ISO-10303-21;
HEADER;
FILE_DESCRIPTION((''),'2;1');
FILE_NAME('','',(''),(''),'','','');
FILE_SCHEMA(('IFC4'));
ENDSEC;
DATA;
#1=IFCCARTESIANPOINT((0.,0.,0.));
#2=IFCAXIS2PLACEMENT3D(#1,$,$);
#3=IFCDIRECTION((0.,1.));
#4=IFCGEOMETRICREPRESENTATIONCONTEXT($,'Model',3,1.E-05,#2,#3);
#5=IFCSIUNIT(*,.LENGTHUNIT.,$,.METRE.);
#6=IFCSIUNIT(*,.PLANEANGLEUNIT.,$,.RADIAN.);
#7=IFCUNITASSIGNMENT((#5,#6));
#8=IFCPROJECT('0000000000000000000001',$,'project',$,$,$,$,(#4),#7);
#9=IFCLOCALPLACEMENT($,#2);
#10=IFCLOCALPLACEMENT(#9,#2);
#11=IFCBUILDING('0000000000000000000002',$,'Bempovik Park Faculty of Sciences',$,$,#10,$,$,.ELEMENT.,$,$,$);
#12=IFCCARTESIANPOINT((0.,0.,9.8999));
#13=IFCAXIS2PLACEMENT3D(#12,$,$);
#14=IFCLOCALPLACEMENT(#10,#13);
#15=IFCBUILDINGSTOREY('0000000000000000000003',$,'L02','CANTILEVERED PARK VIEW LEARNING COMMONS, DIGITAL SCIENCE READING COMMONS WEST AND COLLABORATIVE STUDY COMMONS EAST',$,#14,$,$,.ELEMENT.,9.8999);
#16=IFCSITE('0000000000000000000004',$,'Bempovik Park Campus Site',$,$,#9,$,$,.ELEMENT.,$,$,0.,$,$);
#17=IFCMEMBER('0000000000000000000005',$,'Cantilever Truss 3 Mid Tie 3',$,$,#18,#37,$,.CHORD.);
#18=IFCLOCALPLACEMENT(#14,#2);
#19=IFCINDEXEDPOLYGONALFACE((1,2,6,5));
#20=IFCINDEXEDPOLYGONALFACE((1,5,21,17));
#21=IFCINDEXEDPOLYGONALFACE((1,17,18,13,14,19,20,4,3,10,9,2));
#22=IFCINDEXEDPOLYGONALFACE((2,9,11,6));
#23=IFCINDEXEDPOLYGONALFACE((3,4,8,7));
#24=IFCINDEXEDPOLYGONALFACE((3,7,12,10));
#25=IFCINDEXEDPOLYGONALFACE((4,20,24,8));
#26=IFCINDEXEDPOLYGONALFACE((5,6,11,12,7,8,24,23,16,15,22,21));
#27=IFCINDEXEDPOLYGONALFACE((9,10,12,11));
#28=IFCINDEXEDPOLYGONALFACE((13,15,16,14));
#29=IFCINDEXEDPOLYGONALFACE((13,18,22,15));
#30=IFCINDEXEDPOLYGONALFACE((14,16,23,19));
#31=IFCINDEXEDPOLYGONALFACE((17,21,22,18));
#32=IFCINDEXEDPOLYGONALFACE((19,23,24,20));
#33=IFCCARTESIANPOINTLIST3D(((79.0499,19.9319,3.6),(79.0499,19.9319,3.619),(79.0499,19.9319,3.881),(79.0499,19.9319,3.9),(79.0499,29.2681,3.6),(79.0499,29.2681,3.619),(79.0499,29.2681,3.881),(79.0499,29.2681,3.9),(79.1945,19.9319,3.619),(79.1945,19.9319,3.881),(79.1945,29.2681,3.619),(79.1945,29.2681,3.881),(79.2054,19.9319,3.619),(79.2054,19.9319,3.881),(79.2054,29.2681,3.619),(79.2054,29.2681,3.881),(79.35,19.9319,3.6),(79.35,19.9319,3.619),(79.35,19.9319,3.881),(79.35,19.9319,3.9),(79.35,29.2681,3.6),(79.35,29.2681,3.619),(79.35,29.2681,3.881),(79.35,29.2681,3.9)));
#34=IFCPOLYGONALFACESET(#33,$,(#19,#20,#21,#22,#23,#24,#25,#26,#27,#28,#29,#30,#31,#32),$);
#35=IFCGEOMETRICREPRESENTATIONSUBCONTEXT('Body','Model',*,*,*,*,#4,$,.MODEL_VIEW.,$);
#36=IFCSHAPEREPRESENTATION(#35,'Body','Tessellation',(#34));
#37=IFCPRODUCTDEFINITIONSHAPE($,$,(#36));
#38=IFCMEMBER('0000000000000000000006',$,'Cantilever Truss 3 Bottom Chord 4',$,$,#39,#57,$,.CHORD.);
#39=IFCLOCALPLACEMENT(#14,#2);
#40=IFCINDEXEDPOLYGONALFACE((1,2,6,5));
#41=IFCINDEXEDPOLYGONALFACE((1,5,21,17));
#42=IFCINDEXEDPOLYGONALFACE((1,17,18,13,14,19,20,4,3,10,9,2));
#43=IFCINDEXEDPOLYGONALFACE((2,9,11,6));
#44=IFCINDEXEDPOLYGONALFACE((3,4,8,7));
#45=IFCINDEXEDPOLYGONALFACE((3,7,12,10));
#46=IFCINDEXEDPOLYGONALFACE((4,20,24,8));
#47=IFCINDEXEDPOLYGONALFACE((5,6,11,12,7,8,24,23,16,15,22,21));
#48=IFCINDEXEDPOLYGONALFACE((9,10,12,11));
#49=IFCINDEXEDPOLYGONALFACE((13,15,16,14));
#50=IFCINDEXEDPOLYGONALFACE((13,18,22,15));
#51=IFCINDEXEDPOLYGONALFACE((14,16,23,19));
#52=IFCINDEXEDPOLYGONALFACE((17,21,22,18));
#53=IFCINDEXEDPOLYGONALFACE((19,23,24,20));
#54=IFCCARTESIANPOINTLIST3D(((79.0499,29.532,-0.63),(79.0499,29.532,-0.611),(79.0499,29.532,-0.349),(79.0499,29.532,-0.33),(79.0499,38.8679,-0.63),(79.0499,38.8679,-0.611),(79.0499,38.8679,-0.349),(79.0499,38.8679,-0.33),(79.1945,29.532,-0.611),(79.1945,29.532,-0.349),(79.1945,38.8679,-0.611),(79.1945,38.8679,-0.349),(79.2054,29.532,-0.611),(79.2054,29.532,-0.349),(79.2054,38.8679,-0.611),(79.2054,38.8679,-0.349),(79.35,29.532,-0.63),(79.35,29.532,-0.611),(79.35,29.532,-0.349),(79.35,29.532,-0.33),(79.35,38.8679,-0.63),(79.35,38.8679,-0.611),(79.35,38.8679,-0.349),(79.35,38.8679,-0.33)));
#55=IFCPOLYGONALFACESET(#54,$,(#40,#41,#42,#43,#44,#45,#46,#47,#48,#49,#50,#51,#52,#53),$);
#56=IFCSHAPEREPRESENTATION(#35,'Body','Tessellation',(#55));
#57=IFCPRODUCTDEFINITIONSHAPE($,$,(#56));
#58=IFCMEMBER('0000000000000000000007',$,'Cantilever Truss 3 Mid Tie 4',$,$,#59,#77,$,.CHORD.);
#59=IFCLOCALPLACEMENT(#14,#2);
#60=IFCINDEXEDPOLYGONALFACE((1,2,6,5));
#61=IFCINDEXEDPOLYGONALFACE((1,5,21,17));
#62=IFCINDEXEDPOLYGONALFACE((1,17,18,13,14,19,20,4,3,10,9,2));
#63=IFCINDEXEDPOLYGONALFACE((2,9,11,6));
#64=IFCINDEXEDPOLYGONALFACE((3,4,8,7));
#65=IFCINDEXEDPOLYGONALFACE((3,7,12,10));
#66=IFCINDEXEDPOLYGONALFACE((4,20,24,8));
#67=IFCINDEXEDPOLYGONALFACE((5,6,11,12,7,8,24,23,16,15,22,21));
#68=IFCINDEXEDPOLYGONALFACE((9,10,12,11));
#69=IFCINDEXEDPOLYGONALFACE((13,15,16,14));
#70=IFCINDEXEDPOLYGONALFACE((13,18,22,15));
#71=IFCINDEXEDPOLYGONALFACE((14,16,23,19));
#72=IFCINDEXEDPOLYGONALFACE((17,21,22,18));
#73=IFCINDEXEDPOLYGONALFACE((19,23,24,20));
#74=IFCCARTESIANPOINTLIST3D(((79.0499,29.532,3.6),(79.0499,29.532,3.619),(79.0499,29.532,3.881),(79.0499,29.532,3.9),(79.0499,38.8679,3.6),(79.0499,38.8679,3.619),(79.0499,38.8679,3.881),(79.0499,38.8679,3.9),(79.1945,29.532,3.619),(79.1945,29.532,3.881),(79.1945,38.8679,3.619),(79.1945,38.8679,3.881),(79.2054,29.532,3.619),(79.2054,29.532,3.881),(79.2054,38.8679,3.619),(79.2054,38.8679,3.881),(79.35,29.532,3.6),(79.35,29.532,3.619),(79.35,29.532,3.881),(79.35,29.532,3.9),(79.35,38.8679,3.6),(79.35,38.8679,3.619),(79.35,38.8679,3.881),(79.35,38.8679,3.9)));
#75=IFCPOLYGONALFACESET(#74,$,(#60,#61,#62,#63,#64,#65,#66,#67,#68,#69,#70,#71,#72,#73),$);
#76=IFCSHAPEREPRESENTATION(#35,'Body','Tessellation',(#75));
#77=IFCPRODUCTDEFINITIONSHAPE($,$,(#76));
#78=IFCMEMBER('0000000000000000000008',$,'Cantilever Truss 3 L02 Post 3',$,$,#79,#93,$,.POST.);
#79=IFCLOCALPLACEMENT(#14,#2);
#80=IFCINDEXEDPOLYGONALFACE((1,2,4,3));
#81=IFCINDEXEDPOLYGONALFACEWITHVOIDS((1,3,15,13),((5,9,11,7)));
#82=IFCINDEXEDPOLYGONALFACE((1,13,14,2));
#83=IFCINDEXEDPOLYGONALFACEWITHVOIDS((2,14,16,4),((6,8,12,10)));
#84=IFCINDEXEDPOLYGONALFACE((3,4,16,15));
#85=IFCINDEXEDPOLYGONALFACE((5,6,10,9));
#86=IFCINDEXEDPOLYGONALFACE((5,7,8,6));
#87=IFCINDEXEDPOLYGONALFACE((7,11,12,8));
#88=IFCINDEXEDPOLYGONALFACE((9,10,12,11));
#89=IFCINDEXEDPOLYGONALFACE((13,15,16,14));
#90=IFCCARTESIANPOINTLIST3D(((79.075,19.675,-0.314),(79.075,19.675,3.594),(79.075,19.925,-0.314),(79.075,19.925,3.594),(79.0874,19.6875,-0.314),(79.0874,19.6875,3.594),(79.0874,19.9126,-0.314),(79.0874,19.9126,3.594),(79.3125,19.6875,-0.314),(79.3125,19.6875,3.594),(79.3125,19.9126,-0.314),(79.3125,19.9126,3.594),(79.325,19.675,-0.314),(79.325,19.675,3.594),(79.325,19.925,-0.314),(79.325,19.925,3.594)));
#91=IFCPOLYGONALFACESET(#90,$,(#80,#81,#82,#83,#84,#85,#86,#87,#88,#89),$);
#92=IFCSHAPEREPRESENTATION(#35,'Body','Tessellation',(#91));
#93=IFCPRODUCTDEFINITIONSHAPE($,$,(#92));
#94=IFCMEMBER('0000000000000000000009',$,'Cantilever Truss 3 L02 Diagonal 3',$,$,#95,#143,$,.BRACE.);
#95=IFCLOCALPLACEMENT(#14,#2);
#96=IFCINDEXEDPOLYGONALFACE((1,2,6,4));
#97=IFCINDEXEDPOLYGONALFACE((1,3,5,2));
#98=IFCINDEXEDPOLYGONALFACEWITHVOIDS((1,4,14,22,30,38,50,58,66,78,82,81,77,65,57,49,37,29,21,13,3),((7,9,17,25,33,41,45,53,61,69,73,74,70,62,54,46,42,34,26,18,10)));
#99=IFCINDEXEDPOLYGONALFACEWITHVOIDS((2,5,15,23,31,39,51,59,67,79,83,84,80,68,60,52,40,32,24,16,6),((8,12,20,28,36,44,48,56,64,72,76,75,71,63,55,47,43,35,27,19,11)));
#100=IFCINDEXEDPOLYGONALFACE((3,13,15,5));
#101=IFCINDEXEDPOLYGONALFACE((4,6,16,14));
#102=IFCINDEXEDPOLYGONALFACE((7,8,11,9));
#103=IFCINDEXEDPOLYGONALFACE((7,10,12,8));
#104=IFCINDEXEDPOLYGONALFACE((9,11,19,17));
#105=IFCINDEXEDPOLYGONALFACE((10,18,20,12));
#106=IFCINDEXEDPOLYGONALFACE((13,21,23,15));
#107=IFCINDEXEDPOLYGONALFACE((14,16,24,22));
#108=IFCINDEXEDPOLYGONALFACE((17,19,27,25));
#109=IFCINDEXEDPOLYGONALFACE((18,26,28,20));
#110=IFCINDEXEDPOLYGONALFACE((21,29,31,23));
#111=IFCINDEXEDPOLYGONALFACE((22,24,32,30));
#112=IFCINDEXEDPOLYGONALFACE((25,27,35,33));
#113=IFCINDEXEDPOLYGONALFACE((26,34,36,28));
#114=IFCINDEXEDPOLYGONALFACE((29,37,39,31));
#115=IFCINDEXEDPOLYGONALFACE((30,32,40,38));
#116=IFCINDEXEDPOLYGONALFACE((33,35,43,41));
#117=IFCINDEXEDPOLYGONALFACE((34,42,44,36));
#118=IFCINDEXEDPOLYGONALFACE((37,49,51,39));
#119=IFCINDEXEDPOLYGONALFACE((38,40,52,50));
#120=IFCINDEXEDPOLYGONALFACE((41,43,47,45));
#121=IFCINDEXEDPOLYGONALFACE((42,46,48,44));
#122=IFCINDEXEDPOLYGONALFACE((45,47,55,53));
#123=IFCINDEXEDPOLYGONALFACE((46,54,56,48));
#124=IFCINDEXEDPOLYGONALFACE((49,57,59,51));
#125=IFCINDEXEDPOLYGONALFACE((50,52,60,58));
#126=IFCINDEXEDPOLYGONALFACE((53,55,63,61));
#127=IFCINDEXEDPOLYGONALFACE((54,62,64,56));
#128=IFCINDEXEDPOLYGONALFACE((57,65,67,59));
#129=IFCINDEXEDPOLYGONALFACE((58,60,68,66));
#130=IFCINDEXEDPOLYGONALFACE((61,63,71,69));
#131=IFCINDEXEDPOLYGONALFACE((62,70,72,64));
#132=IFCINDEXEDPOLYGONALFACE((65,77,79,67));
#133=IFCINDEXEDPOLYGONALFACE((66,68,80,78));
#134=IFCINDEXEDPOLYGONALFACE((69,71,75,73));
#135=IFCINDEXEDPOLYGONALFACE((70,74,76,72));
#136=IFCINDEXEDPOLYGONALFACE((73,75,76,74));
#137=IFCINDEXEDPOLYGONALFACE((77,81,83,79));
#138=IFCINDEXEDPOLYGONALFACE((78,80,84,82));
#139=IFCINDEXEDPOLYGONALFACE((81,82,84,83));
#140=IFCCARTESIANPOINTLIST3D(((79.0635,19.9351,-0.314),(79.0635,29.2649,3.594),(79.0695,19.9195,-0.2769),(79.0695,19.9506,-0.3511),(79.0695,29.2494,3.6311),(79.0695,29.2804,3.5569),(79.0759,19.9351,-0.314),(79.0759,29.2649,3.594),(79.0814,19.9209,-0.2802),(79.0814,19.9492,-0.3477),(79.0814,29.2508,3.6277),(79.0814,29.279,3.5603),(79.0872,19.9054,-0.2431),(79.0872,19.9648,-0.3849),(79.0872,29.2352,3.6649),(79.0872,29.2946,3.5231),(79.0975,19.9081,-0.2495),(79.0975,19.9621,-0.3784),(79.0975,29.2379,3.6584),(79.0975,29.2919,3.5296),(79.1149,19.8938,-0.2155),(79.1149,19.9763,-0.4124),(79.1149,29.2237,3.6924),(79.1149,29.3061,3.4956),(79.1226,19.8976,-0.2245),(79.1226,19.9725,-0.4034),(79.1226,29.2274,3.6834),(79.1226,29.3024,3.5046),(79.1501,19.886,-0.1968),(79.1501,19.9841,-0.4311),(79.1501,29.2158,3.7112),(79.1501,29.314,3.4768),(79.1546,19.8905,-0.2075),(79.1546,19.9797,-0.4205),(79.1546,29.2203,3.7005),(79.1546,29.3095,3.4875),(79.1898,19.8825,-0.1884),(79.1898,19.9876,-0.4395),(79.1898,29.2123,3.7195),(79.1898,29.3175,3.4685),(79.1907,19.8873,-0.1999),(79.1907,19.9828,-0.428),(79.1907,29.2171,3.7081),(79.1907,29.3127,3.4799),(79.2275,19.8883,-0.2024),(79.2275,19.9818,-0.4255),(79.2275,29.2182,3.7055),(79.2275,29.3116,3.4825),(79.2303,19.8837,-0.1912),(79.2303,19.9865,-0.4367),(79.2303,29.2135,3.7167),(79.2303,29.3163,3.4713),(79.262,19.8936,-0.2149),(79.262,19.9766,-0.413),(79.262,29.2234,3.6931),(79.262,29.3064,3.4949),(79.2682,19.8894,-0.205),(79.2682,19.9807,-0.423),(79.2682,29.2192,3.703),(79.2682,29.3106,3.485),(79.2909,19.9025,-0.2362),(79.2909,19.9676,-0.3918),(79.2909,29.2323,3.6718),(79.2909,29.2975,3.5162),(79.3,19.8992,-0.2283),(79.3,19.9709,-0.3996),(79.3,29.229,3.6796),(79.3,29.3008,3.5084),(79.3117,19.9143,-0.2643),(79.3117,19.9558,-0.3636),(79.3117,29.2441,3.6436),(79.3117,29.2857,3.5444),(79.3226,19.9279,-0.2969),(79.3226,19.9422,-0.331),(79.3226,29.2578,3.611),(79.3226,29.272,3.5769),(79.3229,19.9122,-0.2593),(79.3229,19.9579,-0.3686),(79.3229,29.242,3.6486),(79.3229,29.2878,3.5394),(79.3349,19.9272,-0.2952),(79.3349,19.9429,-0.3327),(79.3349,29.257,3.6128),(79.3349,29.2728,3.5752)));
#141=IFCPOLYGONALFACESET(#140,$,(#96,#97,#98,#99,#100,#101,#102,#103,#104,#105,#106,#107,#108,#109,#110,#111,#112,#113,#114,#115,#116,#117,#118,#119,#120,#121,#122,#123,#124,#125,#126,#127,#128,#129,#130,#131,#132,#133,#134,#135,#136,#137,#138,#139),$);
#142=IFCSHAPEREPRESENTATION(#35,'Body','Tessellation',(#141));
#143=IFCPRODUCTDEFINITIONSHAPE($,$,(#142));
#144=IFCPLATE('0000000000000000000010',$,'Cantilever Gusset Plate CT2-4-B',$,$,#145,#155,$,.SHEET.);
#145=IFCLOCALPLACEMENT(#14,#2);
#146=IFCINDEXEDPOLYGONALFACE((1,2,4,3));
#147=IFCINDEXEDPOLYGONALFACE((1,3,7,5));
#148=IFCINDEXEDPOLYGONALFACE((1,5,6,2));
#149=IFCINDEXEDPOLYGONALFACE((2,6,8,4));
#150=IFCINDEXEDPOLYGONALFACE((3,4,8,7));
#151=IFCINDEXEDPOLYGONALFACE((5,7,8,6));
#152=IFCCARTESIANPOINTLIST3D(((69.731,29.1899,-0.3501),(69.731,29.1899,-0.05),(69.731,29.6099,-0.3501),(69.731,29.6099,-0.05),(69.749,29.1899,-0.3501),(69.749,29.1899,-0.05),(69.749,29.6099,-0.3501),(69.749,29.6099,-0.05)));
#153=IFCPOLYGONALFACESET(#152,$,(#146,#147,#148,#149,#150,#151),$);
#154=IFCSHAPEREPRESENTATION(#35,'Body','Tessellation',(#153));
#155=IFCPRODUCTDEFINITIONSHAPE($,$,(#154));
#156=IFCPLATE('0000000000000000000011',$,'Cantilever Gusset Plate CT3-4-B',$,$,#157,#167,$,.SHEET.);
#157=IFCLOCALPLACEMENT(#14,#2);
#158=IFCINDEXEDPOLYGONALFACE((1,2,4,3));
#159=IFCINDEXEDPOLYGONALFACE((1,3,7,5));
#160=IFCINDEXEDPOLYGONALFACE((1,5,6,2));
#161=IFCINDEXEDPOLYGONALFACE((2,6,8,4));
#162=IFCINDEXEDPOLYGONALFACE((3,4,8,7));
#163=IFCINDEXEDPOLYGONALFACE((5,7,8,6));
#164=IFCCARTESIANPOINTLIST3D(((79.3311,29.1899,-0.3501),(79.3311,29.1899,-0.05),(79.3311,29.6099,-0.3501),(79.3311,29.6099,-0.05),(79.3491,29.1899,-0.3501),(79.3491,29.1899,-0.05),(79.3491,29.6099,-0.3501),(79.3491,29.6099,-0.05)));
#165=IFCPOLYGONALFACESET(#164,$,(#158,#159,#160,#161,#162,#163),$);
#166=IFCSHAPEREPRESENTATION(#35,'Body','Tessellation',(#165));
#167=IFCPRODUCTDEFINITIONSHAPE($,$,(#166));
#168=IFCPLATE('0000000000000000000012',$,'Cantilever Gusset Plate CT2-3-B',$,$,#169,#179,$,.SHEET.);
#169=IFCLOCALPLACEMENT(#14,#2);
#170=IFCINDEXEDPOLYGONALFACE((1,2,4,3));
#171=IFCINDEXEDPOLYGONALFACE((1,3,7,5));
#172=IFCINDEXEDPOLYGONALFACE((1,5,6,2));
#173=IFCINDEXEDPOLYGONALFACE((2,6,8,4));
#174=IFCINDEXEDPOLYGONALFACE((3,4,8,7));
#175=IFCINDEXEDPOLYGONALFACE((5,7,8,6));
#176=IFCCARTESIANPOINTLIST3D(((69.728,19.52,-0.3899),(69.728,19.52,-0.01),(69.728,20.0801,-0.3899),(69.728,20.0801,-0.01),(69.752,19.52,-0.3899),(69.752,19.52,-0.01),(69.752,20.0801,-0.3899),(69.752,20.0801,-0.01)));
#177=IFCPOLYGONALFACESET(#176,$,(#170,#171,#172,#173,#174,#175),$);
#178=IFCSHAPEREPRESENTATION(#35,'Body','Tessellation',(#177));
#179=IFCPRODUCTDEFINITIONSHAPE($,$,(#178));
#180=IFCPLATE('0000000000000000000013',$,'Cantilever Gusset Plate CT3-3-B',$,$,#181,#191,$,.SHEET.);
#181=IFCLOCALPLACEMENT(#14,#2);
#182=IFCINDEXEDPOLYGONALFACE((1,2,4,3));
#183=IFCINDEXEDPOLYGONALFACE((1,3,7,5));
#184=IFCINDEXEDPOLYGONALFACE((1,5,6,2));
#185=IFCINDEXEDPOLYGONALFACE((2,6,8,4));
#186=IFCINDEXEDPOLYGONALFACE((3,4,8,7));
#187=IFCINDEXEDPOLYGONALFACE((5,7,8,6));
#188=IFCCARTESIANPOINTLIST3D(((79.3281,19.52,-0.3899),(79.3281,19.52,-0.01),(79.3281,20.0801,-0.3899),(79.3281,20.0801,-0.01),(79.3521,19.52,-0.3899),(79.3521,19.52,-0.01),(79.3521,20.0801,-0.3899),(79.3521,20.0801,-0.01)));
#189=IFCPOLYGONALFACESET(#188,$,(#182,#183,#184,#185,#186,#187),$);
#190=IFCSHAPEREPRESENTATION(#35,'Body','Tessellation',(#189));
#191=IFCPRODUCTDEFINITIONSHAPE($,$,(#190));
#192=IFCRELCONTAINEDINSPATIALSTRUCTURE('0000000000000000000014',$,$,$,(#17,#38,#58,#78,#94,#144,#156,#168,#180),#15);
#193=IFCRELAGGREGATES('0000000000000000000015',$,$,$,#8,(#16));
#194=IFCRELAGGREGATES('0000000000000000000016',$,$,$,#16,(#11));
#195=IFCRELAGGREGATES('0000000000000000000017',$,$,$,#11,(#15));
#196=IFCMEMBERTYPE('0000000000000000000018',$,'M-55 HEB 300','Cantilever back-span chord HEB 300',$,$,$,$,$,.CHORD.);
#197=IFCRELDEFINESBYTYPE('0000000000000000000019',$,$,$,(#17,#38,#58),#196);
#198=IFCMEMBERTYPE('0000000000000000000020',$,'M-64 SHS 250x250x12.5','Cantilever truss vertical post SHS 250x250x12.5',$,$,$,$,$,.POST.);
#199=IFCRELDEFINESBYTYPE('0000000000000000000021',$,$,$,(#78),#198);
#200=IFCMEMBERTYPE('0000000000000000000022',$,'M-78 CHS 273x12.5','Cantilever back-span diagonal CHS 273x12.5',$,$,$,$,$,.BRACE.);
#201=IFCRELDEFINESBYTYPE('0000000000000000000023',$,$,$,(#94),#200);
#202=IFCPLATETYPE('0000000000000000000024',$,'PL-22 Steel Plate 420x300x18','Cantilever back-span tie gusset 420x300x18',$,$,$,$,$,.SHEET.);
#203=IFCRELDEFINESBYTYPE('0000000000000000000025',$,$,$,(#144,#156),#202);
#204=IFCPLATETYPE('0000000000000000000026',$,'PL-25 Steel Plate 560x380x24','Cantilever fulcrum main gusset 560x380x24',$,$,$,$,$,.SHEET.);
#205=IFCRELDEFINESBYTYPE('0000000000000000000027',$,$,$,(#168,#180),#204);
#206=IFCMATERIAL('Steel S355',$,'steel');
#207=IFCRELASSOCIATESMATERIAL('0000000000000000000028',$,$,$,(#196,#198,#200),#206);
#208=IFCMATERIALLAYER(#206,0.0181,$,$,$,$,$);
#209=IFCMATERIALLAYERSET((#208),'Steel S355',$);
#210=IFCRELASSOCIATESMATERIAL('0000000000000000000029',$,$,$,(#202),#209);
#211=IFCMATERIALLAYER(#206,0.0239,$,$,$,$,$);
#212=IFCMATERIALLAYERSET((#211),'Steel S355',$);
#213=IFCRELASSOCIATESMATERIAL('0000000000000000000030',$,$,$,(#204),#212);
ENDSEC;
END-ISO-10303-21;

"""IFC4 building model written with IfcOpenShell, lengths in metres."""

from ifc_helpers import new_model, si_unit, direction, frame, origin, origin_2d, place, context, subcontext, project, spatial, rectangle, hollow_rectangle, hollow_circle, i_section, extrude, material, layer, layer_set, material_profile, profile_set, type_object, element, save


model = new_model("IFC4")

# Units and contexts
model_context = context("Model", 3, precision=1e-05, world=origin(), true_north=direction((0.0, 1.0)))
body_context = subcontext(model_context, "Body", "Model", "MODEL_VIEW")
ifc_project = project(units=[si_unit("LENGTHUNIT", "METRE"), si_unit("PLANEANGLEUNIT", "RADIAN")], contexts=[model_context])

# Site, building, storey
site_placement = place(None, origin())
site = spatial("IfcSite", under=ifc_project, at=site_placement, Name="Bempovik Park Campus Site", CompositionType="ELEMENT", RefElevation=0.0)
building_placement = place(site_placement, origin())
building = spatial("IfcBuilding", under=site, at=building_placement, Name="Bempovik Park Faculty of Sciences", CompositionType="ELEMENT")
storey_placement = place(building_placement, frame((0.0, 0.0, 9.8999)))
storey = spatial("IfcBuildingStorey", under=building, at=storey_placement, Name="L02", Description="CANTILEVERED PARK VIEW LEARNING COMMONS, DIGITAL SCIENCE READING COMMONS WEST AND COLLABORATIVE STUDY COMMONS EAST", CompositionType="ELEMENT", Elevation=9.8999)

# Shared definitions
ifc_material_1 = material(Name="Steel S355", Category="steel")

# Members
ifc_material_profile_1 = material_profile(ifc_material_1, i_section(OverallWidth=0.3, OverallDepth=0.3, WebThickness=0.011, FlangeThickness=0.019, at=origin_2d()), Name="HEB 300")
ifc_profile_set_1 = profile_set([ifc_material_profile_1], Name="Steel S355")
member_type_1 = type_object("IfcMemberType", Name="M-55 HEB 300", Description="Cantilever back-span chord HEB 300", PredefinedType="CHORD", material=ifc_profile_set_1)
for number, where, z_axis, x_axis, name in (
    (1, (79.2, 19.9319, 3.75), (0.0, 1.0, 0.0), (-1.0, 0.0, 0.0), "Cantilever Truss 3 Mid Tie 3"),
):
    element("IfcMember", number, at=place(storey_placement, frame(where, z_axis=z_axis, x_axis=x_axis)), inside=storey, type_object=member_type_1, Name=name, PredefinedType="CHORD", context=body_context, shape_type="SweptSolid", body=[
        extrude(i_section(OverallWidth=0.3, OverallDepth=0.3, WebThickness=0.011, FlangeThickness=0.019, at=origin_2d()), origin(), (0.0, 0.0, 1.0), 9.3362),
    ])
for number, where, z_axis, x_axis, name in (
    (2, (79.2, 29.532, -0.48), (0.0, 1.0, 0.0), (-1.0, 0.0, 0.0), "Cantilever Truss 3 Bottom Chord 4"),
    (3, (79.2, 29.532, 3.75), (0.0, 1.0, 0.0), (-1.0, 0.0, 0.0), "Cantilever Truss 3 Mid Tie 4"),
):
    element("IfcMember", number, at=place(storey_placement, frame(where, z_axis=z_axis, x_axis=x_axis)), inside=storey, type_object=member_type_1, Name=name, PredefinedType="CHORD", context=body_context, shape_type="SweptSolid", body=[
        extrude(i_section(OverallWidth=0.3, OverallDepth=0.3, WebThickness=0.011, FlangeThickness=0.019, at=origin_2d()), origin(), (0.0, 0.0, 1.0), 9.3359),
    ])
ifc_material_profile_2 = material_profile(ifc_material_1, hollow_rectangle(XDim=0.25, YDim=0.25, WallThickness=0.0125, at=origin_2d()), Name="SHS 250x250x12.5")
ifc_profile_set_2 = profile_set([ifc_material_profile_2], Name="Steel S355")
member_type_2 = type_object("IfcMemberType", Name="M-64 SHS 250x250x12.5", Description="Cantilever truss vertical post SHS 250x250x12.5", PredefinedType="POST", material=ifc_profile_set_2)
member_1_placement = place(storey_placement, frame((79.2, 19.8, -0.314), z_axis=(0.0, 0.0, 1.0), x_axis=(1.0, 0.0, 0.0)))
element("IfcMember", 4, at=member_1_placement, inside=storey, type_object=member_type_2, Name="Cantilever Truss 3 L02 Post 3", PredefinedType="POST", context=body_context, shape_type="SweptSolid", body=[
    extrude(hollow_rectangle(XDim=0.25, YDim=0.25, WallThickness=0.0125, at=origin_2d()), origin(), (0.0, 0.0, 1.0), 3.908),
])
ifc_material_profile_3 = material_profile(ifc_material_1, hollow_circle(Radius=0.1365, WallThickness=0.0125, at=origin_2d()), Name="CHS 273x12.5")
ifc_profile_set_3 = profile_set([ifc_material_profile_3], Name="Steel S355")
member_type_3 = type_object("IfcMemberType", Name="M-78 CHS 273x12.5", Description="Cantilever back-span diagonal CHS 273x12.5", PredefinedType="BRACE", material=ifc_profile_set_3)
member_2_placement = place(storey_placement, frame((79.2, 19.9351, -0.314), z_axis=(0.0, 0.922355, 0.386344), x_axis=(-1.0, 0.0, 0.0)))
element("IfcMember", 5, at=member_2_placement, inside=storey, type_object=member_type_3, Name="Cantilever Truss 3 L02 Diagonal 3", PredefinedType="BRACE", context=body_context, shape_type="SweptSolid", body=[
    extrude(hollow_circle(Radius=0.1365, WallThickness=0.0125, at=origin_2d()), origin(), (0.0, 0.0, 1.0), 10.1152),
])

# Plates
ifc_layer_1 = layer(ifc_material_1, 0.0181)
ifc_layer_set_1 = layer_set([ifc_layer_1], Name="Steel S355")
plate_type_1 = type_object("IfcPlateType", Name="PL-22 Steel Plate 420x300x18", Description="Cantilever back-span tie gusset 420x300x18", PredefinedType="SHEET", material=ifc_layer_set_1)
for number, where, z_axis, x_axis, name in (
    (6, (69.74, 29.3999, -0.3501), (0.0, 0.0, 1.0), (1.0, 0.0, 0.0), "Cantilever Gusset Plate CT2-4-B"),
    (7, (79.3401, 29.3999, -0.3501), (0.0, 0.0, 1.0), (1.0, 0.0, 0.0), "Cantilever Gusset Plate CT3-4-B"),
):
    element("IfcPlate", number, at=place(storey_placement, frame(where, z_axis=z_axis, x_axis=x_axis)), inside=storey, type_object=plate_type_1, Name=name, PredefinedType="SHEET", context=body_context, shape_type="SweptSolid", body=[
        extrude(rectangle(XDim=0.0181, YDim=0.4199, at=origin_2d()), origin(), (0.0, 0.0, 1.0), 0.3),
    ])
ifc_layer_2 = layer(ifc_material_1, 0.0239)
ifc_layer_set_2 = layer_set([ifc_layer_2], Name="Steel S355")
plate_type_2 = type_object("IfcPlateType", Name="PL-25 Steel Plate 560x380x24", Description="Cantilever fulcrum main gusset 560x380x24", PredefinedType="SHEET", material=ifc_layer_set_2)
for number, where, z_axis, x_axis, name in (
    (8, (69.74, 19.8, -0.3899), (0.0, 0.0, 1.0), (1.0, 0.0, 0.0), "Cantilever Gusset Plate CT2-3-B"),
    (9, (79.3401, 19.8, -0.3899), (0.0, 0.0, 1.0), (1.0, 0.0, 0.0), "Cantilever Gusset Plate CT3-3-B"),
):
    element("IfcPlate", number, at=place(storey_placement, frame(where, z_axis=z_axis, x_axis=x_axis)), inside=storey, type_object=plate_type_2, Name=name, PredefinedType="SHEET", context=body_context, shape_type="SweptSolid", body=[
        extrude(rectangle(XDim=0.0239, YDim=0.5601, at=origin_2d()), origin(), (0.0, 0.0, 1.0), 0.3799),
    ])

save(model, "model.ifc")
